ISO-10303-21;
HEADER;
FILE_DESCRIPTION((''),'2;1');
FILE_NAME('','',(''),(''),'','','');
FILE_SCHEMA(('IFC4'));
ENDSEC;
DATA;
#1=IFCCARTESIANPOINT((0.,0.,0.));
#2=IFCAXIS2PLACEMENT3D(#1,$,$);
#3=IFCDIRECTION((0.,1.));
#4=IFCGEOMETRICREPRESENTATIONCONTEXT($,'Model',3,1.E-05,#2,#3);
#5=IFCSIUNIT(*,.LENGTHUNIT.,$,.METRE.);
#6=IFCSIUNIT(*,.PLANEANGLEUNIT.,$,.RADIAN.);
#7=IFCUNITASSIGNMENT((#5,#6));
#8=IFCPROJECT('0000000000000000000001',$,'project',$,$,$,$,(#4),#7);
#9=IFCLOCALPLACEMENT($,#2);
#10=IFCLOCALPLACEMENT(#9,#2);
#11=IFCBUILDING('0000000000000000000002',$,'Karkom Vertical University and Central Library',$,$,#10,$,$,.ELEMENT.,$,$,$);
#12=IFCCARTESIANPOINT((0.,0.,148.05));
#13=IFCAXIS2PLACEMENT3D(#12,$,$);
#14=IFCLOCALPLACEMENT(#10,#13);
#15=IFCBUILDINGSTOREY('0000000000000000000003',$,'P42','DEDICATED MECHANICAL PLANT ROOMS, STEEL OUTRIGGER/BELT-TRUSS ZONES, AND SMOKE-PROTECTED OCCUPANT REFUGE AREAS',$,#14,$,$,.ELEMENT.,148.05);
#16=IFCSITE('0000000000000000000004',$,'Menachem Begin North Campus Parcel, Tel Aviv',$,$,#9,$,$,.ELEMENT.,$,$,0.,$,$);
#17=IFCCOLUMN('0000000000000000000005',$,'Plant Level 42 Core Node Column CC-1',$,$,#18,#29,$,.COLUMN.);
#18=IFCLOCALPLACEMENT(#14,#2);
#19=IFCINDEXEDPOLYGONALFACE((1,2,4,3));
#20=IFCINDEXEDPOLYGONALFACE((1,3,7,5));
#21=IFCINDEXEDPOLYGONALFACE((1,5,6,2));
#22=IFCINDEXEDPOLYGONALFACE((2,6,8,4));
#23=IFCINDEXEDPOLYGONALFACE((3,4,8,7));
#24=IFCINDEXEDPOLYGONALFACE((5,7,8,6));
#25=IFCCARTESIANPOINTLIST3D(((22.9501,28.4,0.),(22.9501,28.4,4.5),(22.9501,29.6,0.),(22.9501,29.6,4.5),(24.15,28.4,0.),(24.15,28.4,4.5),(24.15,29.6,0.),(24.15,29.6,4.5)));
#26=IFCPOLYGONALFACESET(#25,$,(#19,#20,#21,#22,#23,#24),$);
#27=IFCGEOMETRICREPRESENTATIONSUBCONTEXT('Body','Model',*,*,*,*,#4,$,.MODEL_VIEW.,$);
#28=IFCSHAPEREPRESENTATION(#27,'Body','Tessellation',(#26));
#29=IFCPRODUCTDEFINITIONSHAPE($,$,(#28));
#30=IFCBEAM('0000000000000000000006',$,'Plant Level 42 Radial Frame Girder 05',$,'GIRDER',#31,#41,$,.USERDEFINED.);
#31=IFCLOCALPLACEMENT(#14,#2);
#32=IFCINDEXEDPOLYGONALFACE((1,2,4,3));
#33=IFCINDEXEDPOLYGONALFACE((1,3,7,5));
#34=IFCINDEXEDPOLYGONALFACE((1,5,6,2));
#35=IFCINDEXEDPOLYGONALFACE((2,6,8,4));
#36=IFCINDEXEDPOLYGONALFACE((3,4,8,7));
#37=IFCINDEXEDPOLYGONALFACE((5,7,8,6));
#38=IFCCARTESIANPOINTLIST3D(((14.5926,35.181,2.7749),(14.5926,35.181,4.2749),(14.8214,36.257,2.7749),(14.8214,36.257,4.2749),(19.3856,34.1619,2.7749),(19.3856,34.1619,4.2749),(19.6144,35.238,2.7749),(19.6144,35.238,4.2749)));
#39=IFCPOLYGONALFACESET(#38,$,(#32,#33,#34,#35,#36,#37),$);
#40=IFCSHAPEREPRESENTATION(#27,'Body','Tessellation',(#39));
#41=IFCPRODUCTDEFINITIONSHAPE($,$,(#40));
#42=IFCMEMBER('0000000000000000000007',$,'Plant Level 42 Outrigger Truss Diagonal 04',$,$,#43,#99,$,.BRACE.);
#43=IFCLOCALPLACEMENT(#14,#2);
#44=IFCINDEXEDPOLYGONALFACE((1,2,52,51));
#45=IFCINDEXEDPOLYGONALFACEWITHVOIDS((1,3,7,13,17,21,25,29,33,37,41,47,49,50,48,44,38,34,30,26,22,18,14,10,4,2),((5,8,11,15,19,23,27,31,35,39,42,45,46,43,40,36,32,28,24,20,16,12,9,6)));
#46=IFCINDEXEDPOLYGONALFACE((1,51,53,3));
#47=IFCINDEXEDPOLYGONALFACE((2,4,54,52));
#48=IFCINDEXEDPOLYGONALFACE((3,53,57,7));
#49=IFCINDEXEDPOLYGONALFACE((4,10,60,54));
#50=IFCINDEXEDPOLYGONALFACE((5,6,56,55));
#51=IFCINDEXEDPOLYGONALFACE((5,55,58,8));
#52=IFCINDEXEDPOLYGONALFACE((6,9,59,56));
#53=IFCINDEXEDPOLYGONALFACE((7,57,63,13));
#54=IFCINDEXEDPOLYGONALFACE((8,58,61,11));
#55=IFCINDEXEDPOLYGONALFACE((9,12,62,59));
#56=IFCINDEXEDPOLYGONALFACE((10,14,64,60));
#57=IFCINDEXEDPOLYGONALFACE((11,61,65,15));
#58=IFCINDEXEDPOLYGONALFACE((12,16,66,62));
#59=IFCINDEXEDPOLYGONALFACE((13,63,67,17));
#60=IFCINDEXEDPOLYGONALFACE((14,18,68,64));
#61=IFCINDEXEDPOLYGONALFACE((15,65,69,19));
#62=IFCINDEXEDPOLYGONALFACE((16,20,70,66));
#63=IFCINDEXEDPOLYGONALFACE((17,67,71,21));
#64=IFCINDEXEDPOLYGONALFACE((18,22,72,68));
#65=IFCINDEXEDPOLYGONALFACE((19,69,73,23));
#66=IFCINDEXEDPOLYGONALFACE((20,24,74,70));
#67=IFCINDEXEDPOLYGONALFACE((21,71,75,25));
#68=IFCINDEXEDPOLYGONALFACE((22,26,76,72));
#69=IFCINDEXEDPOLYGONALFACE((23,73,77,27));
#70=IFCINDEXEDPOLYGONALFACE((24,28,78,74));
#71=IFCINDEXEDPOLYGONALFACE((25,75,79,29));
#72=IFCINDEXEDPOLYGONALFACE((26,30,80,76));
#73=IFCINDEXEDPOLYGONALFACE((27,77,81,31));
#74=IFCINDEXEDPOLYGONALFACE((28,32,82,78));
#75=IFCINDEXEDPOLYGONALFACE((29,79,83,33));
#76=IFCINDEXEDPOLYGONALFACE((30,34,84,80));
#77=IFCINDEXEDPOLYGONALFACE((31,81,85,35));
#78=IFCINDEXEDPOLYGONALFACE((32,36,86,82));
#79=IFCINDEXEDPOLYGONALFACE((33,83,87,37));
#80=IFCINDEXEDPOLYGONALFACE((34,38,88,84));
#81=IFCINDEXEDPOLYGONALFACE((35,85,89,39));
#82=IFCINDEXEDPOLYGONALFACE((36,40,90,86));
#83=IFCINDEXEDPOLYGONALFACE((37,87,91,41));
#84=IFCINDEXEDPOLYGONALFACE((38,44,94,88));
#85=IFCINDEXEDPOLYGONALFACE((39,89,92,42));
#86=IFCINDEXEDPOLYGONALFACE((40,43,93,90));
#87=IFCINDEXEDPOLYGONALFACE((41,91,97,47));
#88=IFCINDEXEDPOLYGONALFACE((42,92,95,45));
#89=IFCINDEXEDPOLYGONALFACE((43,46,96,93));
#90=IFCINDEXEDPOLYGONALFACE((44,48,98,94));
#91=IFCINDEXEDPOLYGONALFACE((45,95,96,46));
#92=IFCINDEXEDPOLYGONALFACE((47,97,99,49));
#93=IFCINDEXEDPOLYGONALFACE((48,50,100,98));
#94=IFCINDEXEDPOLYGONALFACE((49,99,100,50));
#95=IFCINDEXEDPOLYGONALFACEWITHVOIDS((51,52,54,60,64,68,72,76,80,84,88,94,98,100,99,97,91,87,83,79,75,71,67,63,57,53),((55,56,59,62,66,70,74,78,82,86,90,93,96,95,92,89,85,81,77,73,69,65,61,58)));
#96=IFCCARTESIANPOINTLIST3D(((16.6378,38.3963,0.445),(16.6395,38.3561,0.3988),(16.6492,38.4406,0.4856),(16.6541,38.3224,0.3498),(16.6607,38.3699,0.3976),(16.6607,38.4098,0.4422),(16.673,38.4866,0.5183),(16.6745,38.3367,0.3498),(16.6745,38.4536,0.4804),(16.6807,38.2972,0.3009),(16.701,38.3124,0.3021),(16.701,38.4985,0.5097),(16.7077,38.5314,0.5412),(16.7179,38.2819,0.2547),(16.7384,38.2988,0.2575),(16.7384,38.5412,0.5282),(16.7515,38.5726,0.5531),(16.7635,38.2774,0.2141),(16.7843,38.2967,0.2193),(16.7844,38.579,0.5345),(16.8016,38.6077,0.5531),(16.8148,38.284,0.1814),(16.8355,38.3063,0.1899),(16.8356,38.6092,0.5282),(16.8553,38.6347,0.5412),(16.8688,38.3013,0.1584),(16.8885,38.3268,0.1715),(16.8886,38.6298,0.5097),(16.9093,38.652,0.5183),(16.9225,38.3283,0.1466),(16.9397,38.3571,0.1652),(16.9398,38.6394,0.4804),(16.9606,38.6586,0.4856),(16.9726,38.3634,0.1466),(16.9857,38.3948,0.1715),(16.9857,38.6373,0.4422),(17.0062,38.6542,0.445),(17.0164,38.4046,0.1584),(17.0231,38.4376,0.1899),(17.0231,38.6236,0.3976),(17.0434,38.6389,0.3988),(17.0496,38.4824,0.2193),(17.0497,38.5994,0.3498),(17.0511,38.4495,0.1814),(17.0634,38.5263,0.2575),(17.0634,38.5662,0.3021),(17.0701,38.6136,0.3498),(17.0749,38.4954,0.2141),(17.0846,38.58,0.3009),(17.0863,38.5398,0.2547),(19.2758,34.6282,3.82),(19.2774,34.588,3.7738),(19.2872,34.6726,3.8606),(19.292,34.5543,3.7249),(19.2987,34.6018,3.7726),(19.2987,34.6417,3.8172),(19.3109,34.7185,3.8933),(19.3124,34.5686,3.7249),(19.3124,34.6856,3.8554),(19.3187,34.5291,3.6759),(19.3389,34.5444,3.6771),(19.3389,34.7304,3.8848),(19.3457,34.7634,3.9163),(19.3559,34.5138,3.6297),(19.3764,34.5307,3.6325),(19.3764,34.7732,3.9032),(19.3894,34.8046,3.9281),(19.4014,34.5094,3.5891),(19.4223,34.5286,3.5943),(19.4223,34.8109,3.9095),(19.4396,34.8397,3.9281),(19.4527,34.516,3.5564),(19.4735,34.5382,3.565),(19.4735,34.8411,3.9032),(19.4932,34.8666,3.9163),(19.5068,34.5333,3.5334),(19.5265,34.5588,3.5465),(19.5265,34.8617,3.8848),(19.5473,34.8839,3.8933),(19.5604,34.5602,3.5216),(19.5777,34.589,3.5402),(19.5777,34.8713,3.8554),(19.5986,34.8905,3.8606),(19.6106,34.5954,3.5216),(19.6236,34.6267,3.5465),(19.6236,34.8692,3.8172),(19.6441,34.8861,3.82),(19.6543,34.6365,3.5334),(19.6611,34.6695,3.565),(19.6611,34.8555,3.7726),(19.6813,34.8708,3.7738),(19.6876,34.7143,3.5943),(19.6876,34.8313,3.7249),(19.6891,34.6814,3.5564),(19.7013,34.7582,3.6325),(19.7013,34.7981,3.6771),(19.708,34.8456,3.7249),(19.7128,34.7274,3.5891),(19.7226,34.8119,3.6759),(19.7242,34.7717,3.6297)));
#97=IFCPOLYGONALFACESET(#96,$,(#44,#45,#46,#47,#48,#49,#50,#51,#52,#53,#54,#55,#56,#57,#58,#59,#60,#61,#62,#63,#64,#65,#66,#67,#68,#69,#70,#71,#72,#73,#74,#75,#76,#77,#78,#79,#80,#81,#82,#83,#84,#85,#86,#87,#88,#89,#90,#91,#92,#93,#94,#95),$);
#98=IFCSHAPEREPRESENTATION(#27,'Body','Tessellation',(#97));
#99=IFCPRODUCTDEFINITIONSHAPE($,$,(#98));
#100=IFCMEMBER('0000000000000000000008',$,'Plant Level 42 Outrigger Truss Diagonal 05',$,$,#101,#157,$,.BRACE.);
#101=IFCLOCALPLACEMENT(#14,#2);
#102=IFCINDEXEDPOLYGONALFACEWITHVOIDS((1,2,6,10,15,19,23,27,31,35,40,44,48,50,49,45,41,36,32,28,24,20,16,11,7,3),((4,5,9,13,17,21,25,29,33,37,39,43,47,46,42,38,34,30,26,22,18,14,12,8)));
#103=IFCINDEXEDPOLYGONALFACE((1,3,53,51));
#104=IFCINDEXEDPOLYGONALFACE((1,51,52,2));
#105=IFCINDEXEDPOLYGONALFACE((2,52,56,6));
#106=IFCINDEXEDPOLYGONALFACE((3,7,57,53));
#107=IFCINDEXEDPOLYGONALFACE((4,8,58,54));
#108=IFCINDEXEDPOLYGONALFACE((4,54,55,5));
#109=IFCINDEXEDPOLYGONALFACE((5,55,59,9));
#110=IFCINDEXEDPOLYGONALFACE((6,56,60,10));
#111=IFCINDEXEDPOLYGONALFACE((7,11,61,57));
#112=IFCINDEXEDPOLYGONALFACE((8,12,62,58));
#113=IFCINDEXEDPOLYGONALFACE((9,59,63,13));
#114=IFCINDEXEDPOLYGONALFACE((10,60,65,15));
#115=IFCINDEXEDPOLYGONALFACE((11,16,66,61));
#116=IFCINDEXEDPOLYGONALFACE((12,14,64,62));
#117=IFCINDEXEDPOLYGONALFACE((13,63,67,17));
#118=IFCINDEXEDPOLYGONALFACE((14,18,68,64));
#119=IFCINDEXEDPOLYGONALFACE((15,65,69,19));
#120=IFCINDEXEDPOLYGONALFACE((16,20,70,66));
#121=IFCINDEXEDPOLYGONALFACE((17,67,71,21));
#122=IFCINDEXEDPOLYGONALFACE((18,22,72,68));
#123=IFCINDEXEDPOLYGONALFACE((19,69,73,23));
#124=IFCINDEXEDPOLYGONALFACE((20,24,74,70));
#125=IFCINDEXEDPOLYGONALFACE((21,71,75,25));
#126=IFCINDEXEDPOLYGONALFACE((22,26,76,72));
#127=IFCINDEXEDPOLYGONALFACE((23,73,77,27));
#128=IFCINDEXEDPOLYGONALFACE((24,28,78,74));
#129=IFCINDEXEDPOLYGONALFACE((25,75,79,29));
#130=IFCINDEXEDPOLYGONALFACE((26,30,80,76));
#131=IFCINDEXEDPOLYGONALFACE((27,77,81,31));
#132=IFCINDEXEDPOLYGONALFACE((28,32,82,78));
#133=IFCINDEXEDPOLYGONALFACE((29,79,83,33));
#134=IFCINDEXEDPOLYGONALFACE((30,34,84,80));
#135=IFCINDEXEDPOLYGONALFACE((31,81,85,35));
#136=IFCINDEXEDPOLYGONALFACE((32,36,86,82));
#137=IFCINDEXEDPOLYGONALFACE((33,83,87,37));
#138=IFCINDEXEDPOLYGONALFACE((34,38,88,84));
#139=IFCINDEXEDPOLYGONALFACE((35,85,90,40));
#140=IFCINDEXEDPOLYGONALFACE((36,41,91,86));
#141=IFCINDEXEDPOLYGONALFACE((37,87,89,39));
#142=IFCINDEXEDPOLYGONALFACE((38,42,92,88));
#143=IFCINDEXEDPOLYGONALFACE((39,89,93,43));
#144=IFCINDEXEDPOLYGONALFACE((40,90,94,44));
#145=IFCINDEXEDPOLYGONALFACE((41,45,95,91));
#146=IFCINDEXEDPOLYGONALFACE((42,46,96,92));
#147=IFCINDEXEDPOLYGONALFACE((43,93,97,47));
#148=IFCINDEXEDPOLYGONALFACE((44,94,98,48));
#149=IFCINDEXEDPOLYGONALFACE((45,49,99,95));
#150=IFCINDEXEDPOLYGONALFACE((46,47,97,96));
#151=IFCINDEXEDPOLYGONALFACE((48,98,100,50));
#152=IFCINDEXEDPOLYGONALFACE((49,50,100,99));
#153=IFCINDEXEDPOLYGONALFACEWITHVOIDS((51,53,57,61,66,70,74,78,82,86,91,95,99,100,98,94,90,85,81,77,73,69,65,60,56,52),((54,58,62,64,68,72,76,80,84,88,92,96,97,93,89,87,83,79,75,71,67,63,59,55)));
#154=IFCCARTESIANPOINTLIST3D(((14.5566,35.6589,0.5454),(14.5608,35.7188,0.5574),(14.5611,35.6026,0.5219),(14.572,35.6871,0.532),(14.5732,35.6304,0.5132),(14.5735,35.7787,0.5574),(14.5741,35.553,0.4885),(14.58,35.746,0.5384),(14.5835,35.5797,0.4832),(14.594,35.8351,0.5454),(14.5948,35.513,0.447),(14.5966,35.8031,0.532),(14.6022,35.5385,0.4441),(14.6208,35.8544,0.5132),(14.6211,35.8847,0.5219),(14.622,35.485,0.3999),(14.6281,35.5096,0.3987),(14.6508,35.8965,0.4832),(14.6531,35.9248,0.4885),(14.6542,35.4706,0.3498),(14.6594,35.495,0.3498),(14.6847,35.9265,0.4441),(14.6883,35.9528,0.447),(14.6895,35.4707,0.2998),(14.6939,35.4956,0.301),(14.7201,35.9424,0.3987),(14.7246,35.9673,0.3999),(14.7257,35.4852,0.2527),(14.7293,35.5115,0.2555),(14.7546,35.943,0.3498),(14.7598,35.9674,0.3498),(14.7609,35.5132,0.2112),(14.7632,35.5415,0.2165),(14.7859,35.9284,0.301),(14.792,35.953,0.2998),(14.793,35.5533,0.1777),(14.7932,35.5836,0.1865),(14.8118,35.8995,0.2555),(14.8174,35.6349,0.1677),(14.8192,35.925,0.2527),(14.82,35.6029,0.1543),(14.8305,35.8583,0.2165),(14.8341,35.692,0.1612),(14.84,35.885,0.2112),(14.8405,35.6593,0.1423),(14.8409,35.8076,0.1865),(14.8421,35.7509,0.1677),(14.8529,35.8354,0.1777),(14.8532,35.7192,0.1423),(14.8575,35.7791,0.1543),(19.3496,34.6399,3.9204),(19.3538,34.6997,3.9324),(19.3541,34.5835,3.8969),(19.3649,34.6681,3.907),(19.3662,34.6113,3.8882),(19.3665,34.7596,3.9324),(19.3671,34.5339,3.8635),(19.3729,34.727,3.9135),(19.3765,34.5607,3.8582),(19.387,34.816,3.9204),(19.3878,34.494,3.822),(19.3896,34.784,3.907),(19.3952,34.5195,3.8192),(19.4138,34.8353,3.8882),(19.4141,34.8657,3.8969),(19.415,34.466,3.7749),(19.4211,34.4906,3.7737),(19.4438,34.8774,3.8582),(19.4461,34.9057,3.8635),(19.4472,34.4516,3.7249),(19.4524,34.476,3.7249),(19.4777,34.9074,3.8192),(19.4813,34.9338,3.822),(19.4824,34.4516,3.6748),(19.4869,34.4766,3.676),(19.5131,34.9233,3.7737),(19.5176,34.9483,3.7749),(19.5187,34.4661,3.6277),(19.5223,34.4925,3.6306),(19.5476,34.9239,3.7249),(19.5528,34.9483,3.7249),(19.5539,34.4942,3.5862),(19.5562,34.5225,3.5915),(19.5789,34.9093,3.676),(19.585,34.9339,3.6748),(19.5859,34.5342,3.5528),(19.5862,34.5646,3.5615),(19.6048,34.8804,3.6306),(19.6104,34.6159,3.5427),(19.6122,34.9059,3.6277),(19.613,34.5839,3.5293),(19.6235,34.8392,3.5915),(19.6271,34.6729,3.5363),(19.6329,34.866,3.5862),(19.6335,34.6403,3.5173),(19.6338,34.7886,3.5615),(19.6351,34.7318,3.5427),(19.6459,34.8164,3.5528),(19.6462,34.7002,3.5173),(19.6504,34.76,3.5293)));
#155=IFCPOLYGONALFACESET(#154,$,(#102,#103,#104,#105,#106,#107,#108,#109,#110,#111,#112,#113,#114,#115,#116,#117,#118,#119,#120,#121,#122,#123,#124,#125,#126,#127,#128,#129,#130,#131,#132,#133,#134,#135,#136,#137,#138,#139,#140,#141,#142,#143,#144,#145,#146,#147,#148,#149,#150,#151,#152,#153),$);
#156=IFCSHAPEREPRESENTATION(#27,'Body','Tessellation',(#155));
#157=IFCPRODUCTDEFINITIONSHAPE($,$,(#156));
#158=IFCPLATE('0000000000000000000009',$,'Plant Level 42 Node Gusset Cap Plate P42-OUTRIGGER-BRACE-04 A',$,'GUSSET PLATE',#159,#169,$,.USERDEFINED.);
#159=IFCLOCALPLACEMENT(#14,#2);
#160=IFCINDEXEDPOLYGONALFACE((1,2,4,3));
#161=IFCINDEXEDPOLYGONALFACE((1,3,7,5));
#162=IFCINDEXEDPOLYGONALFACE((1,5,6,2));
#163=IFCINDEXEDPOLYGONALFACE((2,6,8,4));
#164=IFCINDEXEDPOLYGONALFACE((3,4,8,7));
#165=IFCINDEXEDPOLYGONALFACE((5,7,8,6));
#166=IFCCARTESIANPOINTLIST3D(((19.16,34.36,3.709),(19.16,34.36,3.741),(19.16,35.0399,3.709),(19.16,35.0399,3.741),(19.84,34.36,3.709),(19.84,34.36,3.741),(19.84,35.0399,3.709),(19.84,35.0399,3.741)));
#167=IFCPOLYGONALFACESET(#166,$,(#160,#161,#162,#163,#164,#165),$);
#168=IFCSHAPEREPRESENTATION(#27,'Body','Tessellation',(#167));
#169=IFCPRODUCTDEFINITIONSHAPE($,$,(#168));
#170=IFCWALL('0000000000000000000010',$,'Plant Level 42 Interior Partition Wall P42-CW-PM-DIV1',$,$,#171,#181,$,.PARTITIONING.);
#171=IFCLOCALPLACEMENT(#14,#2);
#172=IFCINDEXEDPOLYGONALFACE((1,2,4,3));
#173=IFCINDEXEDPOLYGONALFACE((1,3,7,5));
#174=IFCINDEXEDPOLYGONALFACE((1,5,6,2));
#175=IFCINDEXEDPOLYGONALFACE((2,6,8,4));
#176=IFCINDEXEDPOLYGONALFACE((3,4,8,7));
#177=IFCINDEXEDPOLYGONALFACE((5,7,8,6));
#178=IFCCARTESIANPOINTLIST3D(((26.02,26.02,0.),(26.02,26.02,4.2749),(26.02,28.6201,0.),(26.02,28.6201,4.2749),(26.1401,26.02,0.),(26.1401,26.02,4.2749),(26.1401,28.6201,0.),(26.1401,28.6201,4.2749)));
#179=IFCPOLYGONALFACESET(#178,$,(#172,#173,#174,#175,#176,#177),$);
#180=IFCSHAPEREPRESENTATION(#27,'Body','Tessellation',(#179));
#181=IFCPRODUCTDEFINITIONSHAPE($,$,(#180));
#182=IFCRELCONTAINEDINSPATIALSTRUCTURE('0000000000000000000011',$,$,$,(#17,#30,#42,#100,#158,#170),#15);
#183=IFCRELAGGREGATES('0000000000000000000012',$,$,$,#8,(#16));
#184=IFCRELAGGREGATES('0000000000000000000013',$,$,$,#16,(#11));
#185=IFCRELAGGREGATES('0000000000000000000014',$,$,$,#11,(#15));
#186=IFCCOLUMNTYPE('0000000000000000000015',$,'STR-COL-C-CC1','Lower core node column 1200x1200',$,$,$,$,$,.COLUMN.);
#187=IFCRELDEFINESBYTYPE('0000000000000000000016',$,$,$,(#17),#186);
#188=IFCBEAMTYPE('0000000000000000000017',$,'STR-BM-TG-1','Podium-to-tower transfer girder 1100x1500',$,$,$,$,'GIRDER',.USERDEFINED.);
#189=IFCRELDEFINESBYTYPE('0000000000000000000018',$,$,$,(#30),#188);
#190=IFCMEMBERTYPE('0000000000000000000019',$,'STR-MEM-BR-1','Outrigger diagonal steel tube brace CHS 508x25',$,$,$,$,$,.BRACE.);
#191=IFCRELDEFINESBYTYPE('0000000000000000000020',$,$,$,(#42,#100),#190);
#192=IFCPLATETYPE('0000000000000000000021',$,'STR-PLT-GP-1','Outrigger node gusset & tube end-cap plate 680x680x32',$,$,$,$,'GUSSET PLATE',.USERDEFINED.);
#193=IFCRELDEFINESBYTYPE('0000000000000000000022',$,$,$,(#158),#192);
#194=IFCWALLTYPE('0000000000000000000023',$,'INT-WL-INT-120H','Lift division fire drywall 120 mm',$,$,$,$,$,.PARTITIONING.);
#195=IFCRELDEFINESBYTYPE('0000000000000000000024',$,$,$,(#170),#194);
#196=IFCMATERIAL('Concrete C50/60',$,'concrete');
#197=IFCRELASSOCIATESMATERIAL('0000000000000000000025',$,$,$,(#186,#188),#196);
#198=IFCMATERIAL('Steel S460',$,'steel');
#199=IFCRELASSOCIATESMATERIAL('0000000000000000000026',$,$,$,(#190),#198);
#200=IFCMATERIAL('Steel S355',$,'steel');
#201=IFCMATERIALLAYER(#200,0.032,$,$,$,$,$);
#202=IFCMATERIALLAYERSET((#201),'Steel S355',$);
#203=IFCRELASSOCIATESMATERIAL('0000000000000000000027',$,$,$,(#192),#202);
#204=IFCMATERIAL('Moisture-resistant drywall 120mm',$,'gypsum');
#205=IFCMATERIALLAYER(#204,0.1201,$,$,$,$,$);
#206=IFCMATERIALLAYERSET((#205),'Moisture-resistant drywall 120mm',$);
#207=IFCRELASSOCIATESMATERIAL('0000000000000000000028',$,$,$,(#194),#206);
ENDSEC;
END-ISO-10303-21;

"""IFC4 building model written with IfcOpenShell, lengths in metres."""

from ifc_helpers import new_model, si_unit, direction, frame, frame_2d, origin, origin_with_axes, origin_2d, place, context, subcontext, project, spatial, rectangle, hollow_circle, extrude, source, transform, mapped, material, layer, layer_set, material_profile, profile_set, type_object, element, save


model = new_model("IFC4")

# Units and contexts
model_context = context("Model", 3, precision=1e-05, world=origin(), true_north=direction((0.0, 1.0)))
body_context = subcontext(model_context, "Body", "Model", "MODEL_VIEW")
ifc_project = project(units=[si_unit("LENGTHUNIT", "METRE"), si_unit("PLANEANGLEUNIT", "RADIAN")], contexts=[model_context])

# Site, building, storey
site_placement = place(None, origin())
site = spatial("IfcSite", under=ifc_project, at=site_placement, Name="Menachem Begin North Campus Parcel, Tel Aviv", CompositionType="ELEMENT", RefElevation=0.0)
building_placement = place(site_placement, origin())
building = spatial("IfcBuilding", under=site, at=building_placement, Name="Karkom Vertical University and Central Library", CompositionType="ELEMENT")
storey_placement = place(building_placement, frame((0.0, 0.0, 148.05)))
storey = spatial("IfcBuildingStorey", under=building, at=storey_placement, Name="P42", Description="DEDICATED MECHANICAL PLANT ROOMS, STEEL OUTRIGGER/BELT-TRUSS ZONES, AND SMOKE-PROTECTED OCCUPANT REFUGE AREAS", CompositionType="ELEMENT", Elevation=148.05)

# Column
ifc_material_1 = material(Name="Concrete C50/60", Category="concrete")
ifc_material_profile_1 = material_profile(ifc_material_1, rectangle(XDim=1.2, YDim=1.2, at=origin_2d()), Name="RC-1200x1200")
ifc_profile_set_1 = profile_set([ifc_material_profile_1], Name="Concrete C50/60")
column_type = type_object("IfcColumnType", Name="STR-COL-C-CC1", Description="Lower core node column 1200x1200", PredefinedType="COLUMN", material=ifc_profile_set_1)
shared_shape_1 = source(origin_with_axes(), body_context, "Body", "SweptSolid", [
    extrude(rectangle(XDim=1.2, YDim=1.2, at=origin_2d()), origin(), (0.0, 0.0, 1.0), 4.5),
])
column_placement = place(storey_placement, frame((23.55, 29.0, 0.0), z_axis=(0.0, 0.0, 1.0), x_axis=(1.0, 0.0, 0.0)))
element("IfcColumn", 1, at=column_placement, inside=storey, type_object=column_type, Name="Plant Level 42 Core Node Column CC-1", PredefinedType="COLUMN", context=body_context, shape_type="MappedRepresentation", body=[
    mapped(shared_shape_1, transform((0.0, 0.0, 0.0), scale=1.0)),
])

# Beam
ifc_material_profile_2 = material_profile(ifc_material_1, rectangle(XDim=1.1001, YDim=1.5, at=origin_2d()), Name="TG-1100x1500")
ifc_profile_set_2 = profile_set([ifc_material_profile_2], Name="Concrete C50/60")
beam_type = type_object("IfcBeamType", Name="STR-BM-TG-1", Description="Podium-to-tower transfer girder 1100x1500", ElementType="GIRDER", PredefinedType="USERDEFINED", material=ifc_profile_set_2)
shared_shape_2 = source(origin_with_axes(), body_context, "Body", "SweptSolid", [
    extrude(rectangle(XDim=1.1001, YDim=1.5, at=origin_2d()), origin(), (0.0, 0.0, 1.0), 4.9001),
])
beam_placement = place(storey_placement, frame((19.5, 34.7, 3.5249), z_axis=(-0.978137, 0.207964, 0.0), x_axis=(-0.207964, -0.978137, 0.0)))
element("IfcBeam", 2, at=beam_placement, inside=storey, type_object=beam_type, Name="Plant Level 42 Radial Frame Girder 05", ObjectType="GIRDER", PredefinedType="USERDEFINED", context=body_context, shape_type="MappedRepresentation", body=[
    mapped(shared_shape_2, transform((0.0, 0.0, 0.0), scale=1.0)),
])

# Members
ifc_material_2 = material(Name="Steel S460", Category="steel")
ifc_material_profile_3 = material_profile(ifc_material_2, hollow_circle(Radius=0.2539, WallThickness=0.0249, at=origin_2d()), Name="CHS 508x25")
ifc_profile_set_3 = profile_set([ifc_material_profile_3], Name="Steel S460")
member_type = type_object("IfcMemberType", Name="STR-MEM-BR-1", Description="Outrigger diagonal steel tube brace CHS 508x25", PredefinedType="BRACE", material=ifc_profile_set_3)
shared_shape_3 = source(origin_with_axes(), body_context, "Body", "SweptSolid", [
    extrude(hollow_circle(Radius=0.2539, WallThickness=0.0249, at=origin_2d()), origin(), (0.0, 0.0, 1.0), 5.7051),
])
member_1_placement = place(storey_placement, frame((19.5, 34.7, 3.7249), z_axis=(-0.462386, 0.660478, -0.59158), x_axis=(-0.819202, -0.573505, 0.0)))
element("IfcMember", 3, at=member_1_placement, inside=storey, type_object=member_type, Name="Plant Level 42 Outrigger Truss Diagonal 04", PredefinedType="BRACE", context=body_context, shape_type="MappedRepresentation", body=[
    mapped(shared_shape_3, transform((0.0, 0.0, 0.0), scale=1.0)),
])
shared_shape_4 = source(origin_with_axes(), body_context, "Body", "SweptSolid", [
    extrude(hollow_circle(Radius=0.2539, WallThickness=0.0249, at=origin_2d()), origin(), (0.0, 0.0, 1.0), 5.95),
])
member_2_placement = place(storey_placement, frame((19.5, 34.7, 3.7249), z_axis=(-0.805551, 0.17127, -0.567234), x_axis=(-0.207964, -0.978137, 0.0)))
element("IfcMember", 4, at=member_2_placement, inside=storey, type_object=member_type, Name="Plant Level 42 Outrigger Truss Diagonal 05", PredefinedType="BRACE", context=body_context, shape_type="MappedRepresentation", body=[
    mapped(shared_shape_4, transform((0.0, 0.0, 0.0), scale=1.0)),
])

# Plate
ifc_material_3 = material(Name="Steel S355", Category="steel")
ifc_layer_1 = layer(ifc_material_3, 0.032)
ifc_layer_set_1 = layer_set([ifc_layer_1], Name="Steel S355")
plate_type = type_object("IfcPlateType", Name="STR-PLT-GP-1", Description="Outrigger node gusset & tube end-cap plate 680x680x32", ElementType="GUSSET PLATE", PredefinedType="USERDEFINED", material=ifc_layer_set_1)
shared_shape_5 = source(origin_with_axes(), body_context, "Body", "SweptSolid", [
    extrude(rectangle(XDim=0.6799, YDim=0.6799, at=origin_2d()), origin(), (0.0, 0.0, 1.0), 0.032),
])
plate_placement = place(storey_placement, frame((19.5, 34.7, 3.709), z_axis=(0.0, 0.0, 1.0), x_axis=(1.0, 0.0, 0.0)))
element("IfcPlate", 5, at=plate_placement, inside=storey, type_object=plate_type, Name="Plant Level 42 Node Gusset Cap Plate P42-OUTRIGGER-BRACE-04 A", ObjectType="GUSSET PLATE", PredefinedType="USERDEFINED", context=body_context, shape_type="MappedRepresentation", body=[
    mapped(shared_shape_5, transform((0.0, 0.0, 0.0), scale=1.0)),
])

# Wall
ifc_material_4 = material(Name="Moisture-resistant drywall 120mm", Category="gypsum")
ifc_layer_2 = layer(ifc_material_4, 0.1201)
ifc_layer_set_2 = layer_set([ifc_layer_2], Name="Moisture-resistant drywall 120mm")
wall_type_1 = type_object("IfcWallType", Name="INT-WL-INT-120H", Description="Lift division fire drywall 120 mm", PredefinedType="PARTITIONING", material=ifc_layer_set_2)
wall_1_placement = place(storey_placement, frame((26.0801, 26.02, 0.0), z_axis=(0.0, 0.0, 1.0), x_axis=(0.0, 1.0, 0.0)))
element("IfcWall", 6, at=wall_1_placement, inside=storey, type_object=wall_type_1, Name="Plant Level 42 Interior Partition Wall P42-CW-PM-DIV1", PredefinedType="PARTITIONING", context=body_context, shape_type="SweptSolid", body=[
    extrude(rectangle(XDim=2.6001, YDim=0.1201, at=frame_2d((1.3, 0.0))), origin(), (0.0, 0.0, 1.0), 4.2749),
])

save(model, "model.ifc")
